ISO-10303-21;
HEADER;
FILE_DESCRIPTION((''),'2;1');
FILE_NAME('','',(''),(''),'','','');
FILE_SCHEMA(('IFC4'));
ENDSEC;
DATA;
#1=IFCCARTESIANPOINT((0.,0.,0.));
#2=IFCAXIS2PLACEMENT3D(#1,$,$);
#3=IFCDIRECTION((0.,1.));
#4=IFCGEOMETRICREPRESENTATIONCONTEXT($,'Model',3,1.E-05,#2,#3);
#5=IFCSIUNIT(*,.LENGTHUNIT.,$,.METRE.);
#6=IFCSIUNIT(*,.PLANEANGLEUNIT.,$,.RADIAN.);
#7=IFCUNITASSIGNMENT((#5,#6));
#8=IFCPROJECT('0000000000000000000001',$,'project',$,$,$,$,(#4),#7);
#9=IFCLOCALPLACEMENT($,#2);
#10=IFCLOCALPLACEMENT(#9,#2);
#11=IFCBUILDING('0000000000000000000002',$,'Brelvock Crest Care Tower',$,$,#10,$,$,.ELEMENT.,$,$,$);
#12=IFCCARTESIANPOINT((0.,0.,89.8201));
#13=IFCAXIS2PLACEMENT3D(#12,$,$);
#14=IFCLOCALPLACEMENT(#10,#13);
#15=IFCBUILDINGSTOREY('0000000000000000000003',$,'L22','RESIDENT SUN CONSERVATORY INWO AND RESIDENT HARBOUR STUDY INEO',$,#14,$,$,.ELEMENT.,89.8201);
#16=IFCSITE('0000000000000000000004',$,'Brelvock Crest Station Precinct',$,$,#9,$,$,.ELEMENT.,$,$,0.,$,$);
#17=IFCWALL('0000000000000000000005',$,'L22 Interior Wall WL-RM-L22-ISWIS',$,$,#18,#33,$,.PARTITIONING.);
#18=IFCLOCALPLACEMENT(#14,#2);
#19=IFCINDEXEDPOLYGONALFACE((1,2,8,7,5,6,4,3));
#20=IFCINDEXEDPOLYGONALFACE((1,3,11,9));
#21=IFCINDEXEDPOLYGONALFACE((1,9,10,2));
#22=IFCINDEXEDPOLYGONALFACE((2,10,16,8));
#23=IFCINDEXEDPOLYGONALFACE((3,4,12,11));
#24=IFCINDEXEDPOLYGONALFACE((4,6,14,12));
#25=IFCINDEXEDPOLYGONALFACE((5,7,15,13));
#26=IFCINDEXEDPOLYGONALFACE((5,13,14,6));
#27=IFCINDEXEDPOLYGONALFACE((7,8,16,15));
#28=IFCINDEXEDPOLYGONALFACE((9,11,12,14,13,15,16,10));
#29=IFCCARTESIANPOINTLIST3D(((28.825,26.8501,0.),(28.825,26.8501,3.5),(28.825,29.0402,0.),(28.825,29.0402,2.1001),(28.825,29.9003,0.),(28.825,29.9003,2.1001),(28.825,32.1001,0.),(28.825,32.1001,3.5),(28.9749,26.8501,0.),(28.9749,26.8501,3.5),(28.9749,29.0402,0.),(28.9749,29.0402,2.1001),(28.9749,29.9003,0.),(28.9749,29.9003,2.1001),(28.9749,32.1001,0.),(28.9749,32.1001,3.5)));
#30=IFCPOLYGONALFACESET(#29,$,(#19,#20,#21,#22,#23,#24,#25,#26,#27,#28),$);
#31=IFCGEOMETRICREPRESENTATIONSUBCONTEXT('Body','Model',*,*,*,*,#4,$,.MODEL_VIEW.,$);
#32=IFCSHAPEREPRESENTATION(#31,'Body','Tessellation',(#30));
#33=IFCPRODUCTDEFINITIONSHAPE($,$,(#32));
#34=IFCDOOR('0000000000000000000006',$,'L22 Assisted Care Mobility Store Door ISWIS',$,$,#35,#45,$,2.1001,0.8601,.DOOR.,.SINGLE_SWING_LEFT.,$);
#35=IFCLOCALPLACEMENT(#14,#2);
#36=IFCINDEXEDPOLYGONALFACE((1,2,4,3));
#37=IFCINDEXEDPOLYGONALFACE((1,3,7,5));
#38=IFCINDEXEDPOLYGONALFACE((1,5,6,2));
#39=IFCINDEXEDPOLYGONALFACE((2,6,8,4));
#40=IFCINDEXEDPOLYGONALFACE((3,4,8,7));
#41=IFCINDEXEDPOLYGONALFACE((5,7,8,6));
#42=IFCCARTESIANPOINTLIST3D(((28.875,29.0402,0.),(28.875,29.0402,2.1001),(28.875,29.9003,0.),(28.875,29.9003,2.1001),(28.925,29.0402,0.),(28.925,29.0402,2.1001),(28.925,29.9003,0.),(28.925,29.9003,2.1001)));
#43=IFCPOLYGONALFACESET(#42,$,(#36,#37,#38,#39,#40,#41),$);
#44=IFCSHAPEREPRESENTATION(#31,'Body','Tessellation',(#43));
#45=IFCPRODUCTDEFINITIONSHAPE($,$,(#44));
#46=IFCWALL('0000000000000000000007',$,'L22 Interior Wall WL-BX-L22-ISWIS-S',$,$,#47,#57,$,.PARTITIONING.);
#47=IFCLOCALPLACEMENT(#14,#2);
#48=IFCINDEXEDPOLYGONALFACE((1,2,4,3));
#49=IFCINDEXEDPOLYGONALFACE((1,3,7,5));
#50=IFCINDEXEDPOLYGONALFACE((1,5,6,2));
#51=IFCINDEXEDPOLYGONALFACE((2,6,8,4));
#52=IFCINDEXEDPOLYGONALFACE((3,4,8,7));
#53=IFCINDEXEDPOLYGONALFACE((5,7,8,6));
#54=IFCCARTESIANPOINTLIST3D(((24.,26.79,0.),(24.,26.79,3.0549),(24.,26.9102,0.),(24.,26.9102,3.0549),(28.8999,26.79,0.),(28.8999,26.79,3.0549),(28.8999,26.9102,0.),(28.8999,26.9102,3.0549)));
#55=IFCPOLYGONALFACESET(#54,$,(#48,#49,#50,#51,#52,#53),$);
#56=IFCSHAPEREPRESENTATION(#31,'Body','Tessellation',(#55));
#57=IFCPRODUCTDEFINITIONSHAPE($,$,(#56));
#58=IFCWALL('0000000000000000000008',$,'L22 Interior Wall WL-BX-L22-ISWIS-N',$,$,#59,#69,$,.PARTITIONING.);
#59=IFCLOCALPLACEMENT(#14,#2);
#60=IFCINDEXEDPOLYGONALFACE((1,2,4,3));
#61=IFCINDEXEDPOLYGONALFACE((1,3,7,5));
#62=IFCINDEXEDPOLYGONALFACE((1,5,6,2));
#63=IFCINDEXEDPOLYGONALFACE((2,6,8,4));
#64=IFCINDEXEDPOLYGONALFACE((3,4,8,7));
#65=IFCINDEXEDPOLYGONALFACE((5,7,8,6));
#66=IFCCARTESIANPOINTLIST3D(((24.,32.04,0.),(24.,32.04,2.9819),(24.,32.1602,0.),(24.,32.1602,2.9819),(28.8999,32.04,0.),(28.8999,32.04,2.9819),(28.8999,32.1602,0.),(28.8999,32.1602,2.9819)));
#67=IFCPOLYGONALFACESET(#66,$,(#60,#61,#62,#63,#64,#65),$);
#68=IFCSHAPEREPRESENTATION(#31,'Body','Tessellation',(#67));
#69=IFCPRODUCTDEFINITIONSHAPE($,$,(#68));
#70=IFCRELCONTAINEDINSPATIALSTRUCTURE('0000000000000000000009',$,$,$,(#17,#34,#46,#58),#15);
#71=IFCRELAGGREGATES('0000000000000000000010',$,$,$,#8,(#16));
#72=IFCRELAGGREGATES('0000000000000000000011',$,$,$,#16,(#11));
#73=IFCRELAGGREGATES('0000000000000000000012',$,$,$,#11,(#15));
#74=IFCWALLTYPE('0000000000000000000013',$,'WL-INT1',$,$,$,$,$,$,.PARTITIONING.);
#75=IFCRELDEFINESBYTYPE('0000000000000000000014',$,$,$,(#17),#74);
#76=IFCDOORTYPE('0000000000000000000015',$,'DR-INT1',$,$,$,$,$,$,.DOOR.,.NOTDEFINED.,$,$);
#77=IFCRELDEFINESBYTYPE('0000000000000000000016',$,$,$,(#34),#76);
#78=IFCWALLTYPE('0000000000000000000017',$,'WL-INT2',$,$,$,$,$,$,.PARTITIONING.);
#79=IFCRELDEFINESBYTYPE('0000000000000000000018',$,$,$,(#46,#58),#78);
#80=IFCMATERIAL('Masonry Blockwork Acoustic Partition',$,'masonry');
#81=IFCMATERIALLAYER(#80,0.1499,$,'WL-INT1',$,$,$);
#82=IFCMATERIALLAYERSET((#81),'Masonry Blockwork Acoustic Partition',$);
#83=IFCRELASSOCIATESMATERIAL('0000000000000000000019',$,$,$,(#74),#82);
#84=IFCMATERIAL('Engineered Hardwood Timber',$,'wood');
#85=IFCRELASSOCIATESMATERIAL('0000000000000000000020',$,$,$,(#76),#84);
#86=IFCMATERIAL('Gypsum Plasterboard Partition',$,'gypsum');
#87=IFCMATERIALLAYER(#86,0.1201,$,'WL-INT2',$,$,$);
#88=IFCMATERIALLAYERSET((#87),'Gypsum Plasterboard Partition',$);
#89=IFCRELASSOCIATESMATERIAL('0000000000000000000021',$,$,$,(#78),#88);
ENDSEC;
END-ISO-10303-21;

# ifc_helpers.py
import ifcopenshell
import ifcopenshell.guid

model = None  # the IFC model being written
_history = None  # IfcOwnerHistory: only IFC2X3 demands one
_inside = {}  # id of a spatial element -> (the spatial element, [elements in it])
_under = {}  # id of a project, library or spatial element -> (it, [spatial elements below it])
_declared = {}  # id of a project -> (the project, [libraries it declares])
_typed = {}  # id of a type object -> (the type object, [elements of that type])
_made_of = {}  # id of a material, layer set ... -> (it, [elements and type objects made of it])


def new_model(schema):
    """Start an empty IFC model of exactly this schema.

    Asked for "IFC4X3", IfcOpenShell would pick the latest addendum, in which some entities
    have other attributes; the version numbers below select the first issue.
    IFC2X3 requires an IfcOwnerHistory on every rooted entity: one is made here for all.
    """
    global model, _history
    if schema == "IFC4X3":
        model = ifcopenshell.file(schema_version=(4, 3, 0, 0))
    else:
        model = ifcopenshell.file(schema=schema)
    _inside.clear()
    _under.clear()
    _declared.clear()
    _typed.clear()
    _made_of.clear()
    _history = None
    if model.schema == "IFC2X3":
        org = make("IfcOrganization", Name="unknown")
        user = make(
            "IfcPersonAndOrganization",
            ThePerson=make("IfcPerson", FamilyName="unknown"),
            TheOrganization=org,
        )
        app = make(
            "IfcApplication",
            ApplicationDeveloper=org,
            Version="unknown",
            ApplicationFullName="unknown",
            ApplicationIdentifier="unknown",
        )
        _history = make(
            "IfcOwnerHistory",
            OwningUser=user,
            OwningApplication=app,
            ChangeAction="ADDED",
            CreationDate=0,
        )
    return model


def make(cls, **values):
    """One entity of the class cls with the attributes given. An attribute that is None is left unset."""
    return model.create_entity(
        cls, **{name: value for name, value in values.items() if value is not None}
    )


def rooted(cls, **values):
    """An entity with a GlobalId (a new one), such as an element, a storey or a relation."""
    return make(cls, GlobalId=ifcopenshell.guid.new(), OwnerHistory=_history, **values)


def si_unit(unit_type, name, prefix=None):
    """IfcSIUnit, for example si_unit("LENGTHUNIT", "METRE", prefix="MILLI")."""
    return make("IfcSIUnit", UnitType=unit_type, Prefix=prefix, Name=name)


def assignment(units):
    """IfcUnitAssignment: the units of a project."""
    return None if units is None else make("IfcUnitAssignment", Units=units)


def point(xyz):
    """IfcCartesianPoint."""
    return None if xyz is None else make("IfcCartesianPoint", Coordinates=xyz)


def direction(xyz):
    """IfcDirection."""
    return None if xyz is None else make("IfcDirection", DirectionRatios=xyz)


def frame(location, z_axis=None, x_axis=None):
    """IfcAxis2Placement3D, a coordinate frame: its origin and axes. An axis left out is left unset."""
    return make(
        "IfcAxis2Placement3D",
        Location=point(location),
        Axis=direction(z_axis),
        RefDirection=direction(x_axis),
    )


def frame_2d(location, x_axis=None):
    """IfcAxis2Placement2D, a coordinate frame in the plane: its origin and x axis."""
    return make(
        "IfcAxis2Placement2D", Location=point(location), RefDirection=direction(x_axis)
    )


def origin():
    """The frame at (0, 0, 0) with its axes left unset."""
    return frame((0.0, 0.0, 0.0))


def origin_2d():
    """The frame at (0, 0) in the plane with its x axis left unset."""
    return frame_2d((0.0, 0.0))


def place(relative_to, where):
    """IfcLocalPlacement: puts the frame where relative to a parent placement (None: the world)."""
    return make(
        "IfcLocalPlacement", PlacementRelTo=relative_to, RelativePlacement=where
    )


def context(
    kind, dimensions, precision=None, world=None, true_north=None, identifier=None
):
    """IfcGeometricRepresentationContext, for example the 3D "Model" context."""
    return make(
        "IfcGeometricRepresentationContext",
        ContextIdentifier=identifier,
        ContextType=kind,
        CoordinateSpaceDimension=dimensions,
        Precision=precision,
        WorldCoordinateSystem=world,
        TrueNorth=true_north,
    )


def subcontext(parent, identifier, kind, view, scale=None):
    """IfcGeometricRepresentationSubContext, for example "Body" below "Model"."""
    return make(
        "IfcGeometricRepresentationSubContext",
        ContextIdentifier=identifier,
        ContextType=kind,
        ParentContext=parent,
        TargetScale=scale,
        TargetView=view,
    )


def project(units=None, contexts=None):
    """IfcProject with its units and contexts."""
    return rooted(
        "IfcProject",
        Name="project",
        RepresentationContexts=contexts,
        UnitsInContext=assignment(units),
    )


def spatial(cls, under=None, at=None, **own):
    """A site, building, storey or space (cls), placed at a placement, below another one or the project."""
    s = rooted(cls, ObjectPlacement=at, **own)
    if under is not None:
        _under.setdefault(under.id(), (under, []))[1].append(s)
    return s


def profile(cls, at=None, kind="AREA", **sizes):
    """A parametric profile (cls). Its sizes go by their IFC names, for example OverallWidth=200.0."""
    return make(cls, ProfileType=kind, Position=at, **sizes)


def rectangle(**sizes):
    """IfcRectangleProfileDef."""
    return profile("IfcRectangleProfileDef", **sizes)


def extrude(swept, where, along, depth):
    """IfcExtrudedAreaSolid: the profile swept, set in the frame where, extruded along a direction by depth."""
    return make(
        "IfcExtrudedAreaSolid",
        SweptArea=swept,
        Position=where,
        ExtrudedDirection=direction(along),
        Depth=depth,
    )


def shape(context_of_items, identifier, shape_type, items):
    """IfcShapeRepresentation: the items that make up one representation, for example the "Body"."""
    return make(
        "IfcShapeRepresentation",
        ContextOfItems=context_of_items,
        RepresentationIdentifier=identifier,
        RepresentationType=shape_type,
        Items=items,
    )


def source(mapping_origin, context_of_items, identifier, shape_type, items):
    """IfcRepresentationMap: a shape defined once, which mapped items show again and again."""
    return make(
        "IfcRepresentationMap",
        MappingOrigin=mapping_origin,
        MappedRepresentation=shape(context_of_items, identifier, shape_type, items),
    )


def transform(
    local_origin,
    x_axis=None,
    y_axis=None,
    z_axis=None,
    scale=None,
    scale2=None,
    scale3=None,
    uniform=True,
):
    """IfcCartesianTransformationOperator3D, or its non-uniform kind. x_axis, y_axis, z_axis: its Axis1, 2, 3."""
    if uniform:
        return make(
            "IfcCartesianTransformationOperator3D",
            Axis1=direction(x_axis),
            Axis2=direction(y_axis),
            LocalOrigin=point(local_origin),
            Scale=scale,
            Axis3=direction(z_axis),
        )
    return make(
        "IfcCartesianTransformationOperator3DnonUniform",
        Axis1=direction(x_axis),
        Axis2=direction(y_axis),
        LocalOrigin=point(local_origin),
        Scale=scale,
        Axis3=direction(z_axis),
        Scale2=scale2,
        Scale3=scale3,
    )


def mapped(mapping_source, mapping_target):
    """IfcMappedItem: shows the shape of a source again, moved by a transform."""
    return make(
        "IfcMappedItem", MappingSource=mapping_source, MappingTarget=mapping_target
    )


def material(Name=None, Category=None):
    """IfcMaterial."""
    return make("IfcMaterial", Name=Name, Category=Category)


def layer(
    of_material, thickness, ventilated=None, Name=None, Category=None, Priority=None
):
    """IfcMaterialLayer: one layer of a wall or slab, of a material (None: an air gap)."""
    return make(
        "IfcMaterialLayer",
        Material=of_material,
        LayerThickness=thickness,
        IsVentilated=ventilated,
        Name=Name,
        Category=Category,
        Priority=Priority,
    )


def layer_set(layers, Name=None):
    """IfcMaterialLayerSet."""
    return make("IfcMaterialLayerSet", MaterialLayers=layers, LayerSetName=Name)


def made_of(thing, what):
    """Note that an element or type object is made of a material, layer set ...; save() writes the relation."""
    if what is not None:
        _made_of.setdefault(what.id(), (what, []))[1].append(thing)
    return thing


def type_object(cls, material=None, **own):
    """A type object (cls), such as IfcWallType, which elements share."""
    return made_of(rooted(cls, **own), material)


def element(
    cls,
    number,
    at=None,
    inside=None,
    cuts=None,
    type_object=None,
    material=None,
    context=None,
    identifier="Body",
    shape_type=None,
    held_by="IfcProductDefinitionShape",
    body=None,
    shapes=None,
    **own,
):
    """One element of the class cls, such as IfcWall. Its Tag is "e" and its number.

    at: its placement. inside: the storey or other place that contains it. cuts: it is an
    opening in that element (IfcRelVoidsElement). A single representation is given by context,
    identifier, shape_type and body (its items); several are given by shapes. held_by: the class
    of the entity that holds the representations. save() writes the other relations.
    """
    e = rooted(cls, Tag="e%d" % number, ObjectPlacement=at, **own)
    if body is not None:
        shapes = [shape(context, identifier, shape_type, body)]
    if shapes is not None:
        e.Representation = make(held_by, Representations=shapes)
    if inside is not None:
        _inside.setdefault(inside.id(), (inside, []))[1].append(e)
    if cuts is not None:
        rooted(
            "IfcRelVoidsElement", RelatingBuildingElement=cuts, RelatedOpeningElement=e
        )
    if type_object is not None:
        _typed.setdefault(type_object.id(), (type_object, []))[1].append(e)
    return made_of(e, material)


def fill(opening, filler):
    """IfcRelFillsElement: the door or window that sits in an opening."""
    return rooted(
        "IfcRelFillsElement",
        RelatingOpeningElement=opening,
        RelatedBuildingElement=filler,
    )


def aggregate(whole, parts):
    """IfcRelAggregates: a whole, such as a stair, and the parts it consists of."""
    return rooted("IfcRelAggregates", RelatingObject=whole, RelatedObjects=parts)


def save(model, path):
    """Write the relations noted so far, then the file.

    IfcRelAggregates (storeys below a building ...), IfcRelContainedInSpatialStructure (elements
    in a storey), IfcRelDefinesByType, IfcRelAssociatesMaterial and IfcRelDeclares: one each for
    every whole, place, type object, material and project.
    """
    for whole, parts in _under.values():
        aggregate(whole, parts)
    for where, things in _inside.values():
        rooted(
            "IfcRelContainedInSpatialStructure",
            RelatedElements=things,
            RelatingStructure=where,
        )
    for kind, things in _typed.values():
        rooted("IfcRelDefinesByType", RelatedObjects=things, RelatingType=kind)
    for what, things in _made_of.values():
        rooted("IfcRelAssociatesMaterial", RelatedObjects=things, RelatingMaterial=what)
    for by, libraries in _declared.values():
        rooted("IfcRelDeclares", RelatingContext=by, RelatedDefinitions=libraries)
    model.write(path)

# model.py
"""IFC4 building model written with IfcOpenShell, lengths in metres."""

from ifc_helpers import new_model, si_unit, direction, frame, frame_2d, origin, origin_2d, place, context, subcontext, project, spatial, rectangle, extrude, source, transform, mapped, material, layer, layer_set, type_object, element, fill, save


model = new_model("IFC4")

# Units and contexts
model_context = context("Model", 3, precision=1e-05, world=origin(), true_north=direction((0.0, 1.0)))
body_context = subcontext(model_context, "Body", "Model", "MODEL_VIEW")
ifc_project = project(units=[si_unit("LENGTHUNIT", "METRE"), si_unit("PLANEANGLEUNIT", "RADIAN")], contexts=[model_context])

# Site, building, storey
site_placement = place(None, origin())
site = spatial("IfcSite", under=ifc_project, at=site_placement, Name="Brelvock Crest Station Precinct", CompositionType="ELEMENT", RefElevation=0.0)
building_placement = place(site_placement, origin())
building = spatial("IfcBuilding", under=site, at=building_placement, Name="Brelvock Crest Care Tower", CompositionType="ELEMENT")
storey_placement = place(building_placement, frame((0.0, 0.0, 89.8201)))
storey = spatial("IfcBuildingStorey", under=building, at=storey_placement, Name="L22", Description="RESIDENT SUN CONSERVATORY INWO AND RESIDENT HARBOUR STUDY INEO", CompositionType="ELEMENT", Elevation=89.8201)

# Shared definitions
ifc_material_1 = material(Name="Masonry Blockwork Acoustic Partition", Category="masonry")
ifc_layer_1 = layer(ifc_material_1, 0.1499, Name="WL-INT1")
ifc_layer_set_1 = layer_set([ifc_layer_1], Name="Masonry Blockwork Acoustic Partition")
wall_type_1 = type_object("IfcWallType", Name="WL-INT1", PredefinedType="PARTITIONING", material=ifc_layer_set_1)

# Wall, opening, door
wall_1_placement = place(storey_placement, frame((28.8999, 26.8501, 0.0), z_axis=(0.0, 0.0, 1.0), x_axis=(0.0, 1.0, 0.0)))
wall_1 = element("IfcWall", 1, at=wall_1_placement, inside=storey, type_object=wall_type_1, Name="L22 Interior Wall WL-RM-L22-ISWIS", PredefinedType="PARTITIONING", context=body_context, shape_type="SweptSolid", body=[
    extrude(rectangle(XDim=5.25, YDim=0.1499, at=frame_2d((2.625, 0.0))), origin(), (0.0, 0.0, 1.0), 3.5),
])
opening_placement = place(wall_1_placement, frame((2.1899, 0.0, 0.0)))
opening = element("IfcOpeningElement", 2, at=opening_placement, cuts=wall_1, PredefinedType="OPENING", context=body_context, shape_type="SweptSolid", body=[
    extrude(rectangle(XDim=0.8601, YDim=2.1001, at=origin_2d()), frame((0.4302, 0.085, 1.05), z_axis=(0.0, -1.0, 0.0), x_axis=(1.0, 0.0, 0.0)), (0.0, 0.0, 1.0), 0.1699),
])
ifc_material_2 = material(Name="Engineered Hardwood Timber", Category="wood")
door_type = type_object("IfcDoorType", Name="DR-INT1", OperationType="NOTDEFINED", PredefinedType="DOOR", material=ifc_material_2)
shared_shape_1 = source(origin(), body_context, "Body", "SweptSolid", [
    extrude(rectangle(XDim=0.8601, YDim=2.1001, at=origin_2d()), frame((0.4302, 0.0249, 1.05), z_axis=(0.0, -1.0, 0.0), x_axis=(1.0, 0.0, 0.0)), (0.0, 0.0, 1.0), 0.05),
])
door_placement = place(opening_placement, origin())
door = element("IfcDoor", 3, at=door_placement, inside=storey, type_object=door_type, Name="L22 Assisted Care Mobility Store Door ISWIS", OperationType="SINGLE_SWING_LEFT", OverallHeight=2.1001, OverallWidth=0.8601, PredefinedType="DOOR", context=body_context, shape_type="MappedRepresentation", body=[
    mapped(shared_shape_1, transform((0.0, 0.0, 0.0), x_axis=(1.0, 0.0, 0.0), y_axis=(0.0, 1.0, 0.0), z_axis=(0.0, 0.0, 1.0), scale=1.0)),
])
fill(opening, door)

# Walls
ifc_material_3 = material(Name="Gypsum Plasterboard Partition", Category="gypsum")
ifc_layer_2 = layer(ifc_material_3, 0.1201, Name="WL-INT2")
ifc_layer_set_2 = layer_set([ifc_layer_2], Name="Gypsum Plasterboard Partition")
wall_type_2 = type_object("IfcWallType", Name="WL-INT2", PredefinedType="PARTITIONING", material=ifc_layer_set_2)
wall_2_placement = place(storey_placement, frame((24.0, 26.8501, 0.0), z_axis=(0.0, 0.0, 1.0), x_axis=(1.0, 0.0, 0.0)))
element("IfcWall", 4, at=wall_2_placement, inside=storey, type_object=wall_type_2, Name="L22 Interior Wall WL-BX-L22-ISWIS-S", PredefinedType="PARTITIONING", context=body_context, shape_type="SweptSolid", body=[
    extrude(rectangle(XDim=4.8999, YDim=0.1201, at=frame_2d((2.45, 0.0))), origin(), (0.0, 0.0, 1.0), 3.0549),
])
wall_3_placement = place(storey_placement, frame((24.0, 32.1001, 0.0), z_axis=(0.0, 0.0, 1.0), x_axis=(1.0, 0.0, 0.0)))
element("IfcWall", 5, at=wall_3_placement, inside=storey, type_object=wall_type_2, Name="L22 Interior Wall WL-BX-L22-ISWIS-N", PredefinedType="PARTITIONING", context=body_context, shape_type="SweptSolid", body=[
    extrude(rectangle(XDim=4.8999, YDim=0.1201, at=frame_2d((2.45, 0.0))), origin(), (0.0, 0.0, 1.0), 2.9819),
])

save(model, "model.ifc")
